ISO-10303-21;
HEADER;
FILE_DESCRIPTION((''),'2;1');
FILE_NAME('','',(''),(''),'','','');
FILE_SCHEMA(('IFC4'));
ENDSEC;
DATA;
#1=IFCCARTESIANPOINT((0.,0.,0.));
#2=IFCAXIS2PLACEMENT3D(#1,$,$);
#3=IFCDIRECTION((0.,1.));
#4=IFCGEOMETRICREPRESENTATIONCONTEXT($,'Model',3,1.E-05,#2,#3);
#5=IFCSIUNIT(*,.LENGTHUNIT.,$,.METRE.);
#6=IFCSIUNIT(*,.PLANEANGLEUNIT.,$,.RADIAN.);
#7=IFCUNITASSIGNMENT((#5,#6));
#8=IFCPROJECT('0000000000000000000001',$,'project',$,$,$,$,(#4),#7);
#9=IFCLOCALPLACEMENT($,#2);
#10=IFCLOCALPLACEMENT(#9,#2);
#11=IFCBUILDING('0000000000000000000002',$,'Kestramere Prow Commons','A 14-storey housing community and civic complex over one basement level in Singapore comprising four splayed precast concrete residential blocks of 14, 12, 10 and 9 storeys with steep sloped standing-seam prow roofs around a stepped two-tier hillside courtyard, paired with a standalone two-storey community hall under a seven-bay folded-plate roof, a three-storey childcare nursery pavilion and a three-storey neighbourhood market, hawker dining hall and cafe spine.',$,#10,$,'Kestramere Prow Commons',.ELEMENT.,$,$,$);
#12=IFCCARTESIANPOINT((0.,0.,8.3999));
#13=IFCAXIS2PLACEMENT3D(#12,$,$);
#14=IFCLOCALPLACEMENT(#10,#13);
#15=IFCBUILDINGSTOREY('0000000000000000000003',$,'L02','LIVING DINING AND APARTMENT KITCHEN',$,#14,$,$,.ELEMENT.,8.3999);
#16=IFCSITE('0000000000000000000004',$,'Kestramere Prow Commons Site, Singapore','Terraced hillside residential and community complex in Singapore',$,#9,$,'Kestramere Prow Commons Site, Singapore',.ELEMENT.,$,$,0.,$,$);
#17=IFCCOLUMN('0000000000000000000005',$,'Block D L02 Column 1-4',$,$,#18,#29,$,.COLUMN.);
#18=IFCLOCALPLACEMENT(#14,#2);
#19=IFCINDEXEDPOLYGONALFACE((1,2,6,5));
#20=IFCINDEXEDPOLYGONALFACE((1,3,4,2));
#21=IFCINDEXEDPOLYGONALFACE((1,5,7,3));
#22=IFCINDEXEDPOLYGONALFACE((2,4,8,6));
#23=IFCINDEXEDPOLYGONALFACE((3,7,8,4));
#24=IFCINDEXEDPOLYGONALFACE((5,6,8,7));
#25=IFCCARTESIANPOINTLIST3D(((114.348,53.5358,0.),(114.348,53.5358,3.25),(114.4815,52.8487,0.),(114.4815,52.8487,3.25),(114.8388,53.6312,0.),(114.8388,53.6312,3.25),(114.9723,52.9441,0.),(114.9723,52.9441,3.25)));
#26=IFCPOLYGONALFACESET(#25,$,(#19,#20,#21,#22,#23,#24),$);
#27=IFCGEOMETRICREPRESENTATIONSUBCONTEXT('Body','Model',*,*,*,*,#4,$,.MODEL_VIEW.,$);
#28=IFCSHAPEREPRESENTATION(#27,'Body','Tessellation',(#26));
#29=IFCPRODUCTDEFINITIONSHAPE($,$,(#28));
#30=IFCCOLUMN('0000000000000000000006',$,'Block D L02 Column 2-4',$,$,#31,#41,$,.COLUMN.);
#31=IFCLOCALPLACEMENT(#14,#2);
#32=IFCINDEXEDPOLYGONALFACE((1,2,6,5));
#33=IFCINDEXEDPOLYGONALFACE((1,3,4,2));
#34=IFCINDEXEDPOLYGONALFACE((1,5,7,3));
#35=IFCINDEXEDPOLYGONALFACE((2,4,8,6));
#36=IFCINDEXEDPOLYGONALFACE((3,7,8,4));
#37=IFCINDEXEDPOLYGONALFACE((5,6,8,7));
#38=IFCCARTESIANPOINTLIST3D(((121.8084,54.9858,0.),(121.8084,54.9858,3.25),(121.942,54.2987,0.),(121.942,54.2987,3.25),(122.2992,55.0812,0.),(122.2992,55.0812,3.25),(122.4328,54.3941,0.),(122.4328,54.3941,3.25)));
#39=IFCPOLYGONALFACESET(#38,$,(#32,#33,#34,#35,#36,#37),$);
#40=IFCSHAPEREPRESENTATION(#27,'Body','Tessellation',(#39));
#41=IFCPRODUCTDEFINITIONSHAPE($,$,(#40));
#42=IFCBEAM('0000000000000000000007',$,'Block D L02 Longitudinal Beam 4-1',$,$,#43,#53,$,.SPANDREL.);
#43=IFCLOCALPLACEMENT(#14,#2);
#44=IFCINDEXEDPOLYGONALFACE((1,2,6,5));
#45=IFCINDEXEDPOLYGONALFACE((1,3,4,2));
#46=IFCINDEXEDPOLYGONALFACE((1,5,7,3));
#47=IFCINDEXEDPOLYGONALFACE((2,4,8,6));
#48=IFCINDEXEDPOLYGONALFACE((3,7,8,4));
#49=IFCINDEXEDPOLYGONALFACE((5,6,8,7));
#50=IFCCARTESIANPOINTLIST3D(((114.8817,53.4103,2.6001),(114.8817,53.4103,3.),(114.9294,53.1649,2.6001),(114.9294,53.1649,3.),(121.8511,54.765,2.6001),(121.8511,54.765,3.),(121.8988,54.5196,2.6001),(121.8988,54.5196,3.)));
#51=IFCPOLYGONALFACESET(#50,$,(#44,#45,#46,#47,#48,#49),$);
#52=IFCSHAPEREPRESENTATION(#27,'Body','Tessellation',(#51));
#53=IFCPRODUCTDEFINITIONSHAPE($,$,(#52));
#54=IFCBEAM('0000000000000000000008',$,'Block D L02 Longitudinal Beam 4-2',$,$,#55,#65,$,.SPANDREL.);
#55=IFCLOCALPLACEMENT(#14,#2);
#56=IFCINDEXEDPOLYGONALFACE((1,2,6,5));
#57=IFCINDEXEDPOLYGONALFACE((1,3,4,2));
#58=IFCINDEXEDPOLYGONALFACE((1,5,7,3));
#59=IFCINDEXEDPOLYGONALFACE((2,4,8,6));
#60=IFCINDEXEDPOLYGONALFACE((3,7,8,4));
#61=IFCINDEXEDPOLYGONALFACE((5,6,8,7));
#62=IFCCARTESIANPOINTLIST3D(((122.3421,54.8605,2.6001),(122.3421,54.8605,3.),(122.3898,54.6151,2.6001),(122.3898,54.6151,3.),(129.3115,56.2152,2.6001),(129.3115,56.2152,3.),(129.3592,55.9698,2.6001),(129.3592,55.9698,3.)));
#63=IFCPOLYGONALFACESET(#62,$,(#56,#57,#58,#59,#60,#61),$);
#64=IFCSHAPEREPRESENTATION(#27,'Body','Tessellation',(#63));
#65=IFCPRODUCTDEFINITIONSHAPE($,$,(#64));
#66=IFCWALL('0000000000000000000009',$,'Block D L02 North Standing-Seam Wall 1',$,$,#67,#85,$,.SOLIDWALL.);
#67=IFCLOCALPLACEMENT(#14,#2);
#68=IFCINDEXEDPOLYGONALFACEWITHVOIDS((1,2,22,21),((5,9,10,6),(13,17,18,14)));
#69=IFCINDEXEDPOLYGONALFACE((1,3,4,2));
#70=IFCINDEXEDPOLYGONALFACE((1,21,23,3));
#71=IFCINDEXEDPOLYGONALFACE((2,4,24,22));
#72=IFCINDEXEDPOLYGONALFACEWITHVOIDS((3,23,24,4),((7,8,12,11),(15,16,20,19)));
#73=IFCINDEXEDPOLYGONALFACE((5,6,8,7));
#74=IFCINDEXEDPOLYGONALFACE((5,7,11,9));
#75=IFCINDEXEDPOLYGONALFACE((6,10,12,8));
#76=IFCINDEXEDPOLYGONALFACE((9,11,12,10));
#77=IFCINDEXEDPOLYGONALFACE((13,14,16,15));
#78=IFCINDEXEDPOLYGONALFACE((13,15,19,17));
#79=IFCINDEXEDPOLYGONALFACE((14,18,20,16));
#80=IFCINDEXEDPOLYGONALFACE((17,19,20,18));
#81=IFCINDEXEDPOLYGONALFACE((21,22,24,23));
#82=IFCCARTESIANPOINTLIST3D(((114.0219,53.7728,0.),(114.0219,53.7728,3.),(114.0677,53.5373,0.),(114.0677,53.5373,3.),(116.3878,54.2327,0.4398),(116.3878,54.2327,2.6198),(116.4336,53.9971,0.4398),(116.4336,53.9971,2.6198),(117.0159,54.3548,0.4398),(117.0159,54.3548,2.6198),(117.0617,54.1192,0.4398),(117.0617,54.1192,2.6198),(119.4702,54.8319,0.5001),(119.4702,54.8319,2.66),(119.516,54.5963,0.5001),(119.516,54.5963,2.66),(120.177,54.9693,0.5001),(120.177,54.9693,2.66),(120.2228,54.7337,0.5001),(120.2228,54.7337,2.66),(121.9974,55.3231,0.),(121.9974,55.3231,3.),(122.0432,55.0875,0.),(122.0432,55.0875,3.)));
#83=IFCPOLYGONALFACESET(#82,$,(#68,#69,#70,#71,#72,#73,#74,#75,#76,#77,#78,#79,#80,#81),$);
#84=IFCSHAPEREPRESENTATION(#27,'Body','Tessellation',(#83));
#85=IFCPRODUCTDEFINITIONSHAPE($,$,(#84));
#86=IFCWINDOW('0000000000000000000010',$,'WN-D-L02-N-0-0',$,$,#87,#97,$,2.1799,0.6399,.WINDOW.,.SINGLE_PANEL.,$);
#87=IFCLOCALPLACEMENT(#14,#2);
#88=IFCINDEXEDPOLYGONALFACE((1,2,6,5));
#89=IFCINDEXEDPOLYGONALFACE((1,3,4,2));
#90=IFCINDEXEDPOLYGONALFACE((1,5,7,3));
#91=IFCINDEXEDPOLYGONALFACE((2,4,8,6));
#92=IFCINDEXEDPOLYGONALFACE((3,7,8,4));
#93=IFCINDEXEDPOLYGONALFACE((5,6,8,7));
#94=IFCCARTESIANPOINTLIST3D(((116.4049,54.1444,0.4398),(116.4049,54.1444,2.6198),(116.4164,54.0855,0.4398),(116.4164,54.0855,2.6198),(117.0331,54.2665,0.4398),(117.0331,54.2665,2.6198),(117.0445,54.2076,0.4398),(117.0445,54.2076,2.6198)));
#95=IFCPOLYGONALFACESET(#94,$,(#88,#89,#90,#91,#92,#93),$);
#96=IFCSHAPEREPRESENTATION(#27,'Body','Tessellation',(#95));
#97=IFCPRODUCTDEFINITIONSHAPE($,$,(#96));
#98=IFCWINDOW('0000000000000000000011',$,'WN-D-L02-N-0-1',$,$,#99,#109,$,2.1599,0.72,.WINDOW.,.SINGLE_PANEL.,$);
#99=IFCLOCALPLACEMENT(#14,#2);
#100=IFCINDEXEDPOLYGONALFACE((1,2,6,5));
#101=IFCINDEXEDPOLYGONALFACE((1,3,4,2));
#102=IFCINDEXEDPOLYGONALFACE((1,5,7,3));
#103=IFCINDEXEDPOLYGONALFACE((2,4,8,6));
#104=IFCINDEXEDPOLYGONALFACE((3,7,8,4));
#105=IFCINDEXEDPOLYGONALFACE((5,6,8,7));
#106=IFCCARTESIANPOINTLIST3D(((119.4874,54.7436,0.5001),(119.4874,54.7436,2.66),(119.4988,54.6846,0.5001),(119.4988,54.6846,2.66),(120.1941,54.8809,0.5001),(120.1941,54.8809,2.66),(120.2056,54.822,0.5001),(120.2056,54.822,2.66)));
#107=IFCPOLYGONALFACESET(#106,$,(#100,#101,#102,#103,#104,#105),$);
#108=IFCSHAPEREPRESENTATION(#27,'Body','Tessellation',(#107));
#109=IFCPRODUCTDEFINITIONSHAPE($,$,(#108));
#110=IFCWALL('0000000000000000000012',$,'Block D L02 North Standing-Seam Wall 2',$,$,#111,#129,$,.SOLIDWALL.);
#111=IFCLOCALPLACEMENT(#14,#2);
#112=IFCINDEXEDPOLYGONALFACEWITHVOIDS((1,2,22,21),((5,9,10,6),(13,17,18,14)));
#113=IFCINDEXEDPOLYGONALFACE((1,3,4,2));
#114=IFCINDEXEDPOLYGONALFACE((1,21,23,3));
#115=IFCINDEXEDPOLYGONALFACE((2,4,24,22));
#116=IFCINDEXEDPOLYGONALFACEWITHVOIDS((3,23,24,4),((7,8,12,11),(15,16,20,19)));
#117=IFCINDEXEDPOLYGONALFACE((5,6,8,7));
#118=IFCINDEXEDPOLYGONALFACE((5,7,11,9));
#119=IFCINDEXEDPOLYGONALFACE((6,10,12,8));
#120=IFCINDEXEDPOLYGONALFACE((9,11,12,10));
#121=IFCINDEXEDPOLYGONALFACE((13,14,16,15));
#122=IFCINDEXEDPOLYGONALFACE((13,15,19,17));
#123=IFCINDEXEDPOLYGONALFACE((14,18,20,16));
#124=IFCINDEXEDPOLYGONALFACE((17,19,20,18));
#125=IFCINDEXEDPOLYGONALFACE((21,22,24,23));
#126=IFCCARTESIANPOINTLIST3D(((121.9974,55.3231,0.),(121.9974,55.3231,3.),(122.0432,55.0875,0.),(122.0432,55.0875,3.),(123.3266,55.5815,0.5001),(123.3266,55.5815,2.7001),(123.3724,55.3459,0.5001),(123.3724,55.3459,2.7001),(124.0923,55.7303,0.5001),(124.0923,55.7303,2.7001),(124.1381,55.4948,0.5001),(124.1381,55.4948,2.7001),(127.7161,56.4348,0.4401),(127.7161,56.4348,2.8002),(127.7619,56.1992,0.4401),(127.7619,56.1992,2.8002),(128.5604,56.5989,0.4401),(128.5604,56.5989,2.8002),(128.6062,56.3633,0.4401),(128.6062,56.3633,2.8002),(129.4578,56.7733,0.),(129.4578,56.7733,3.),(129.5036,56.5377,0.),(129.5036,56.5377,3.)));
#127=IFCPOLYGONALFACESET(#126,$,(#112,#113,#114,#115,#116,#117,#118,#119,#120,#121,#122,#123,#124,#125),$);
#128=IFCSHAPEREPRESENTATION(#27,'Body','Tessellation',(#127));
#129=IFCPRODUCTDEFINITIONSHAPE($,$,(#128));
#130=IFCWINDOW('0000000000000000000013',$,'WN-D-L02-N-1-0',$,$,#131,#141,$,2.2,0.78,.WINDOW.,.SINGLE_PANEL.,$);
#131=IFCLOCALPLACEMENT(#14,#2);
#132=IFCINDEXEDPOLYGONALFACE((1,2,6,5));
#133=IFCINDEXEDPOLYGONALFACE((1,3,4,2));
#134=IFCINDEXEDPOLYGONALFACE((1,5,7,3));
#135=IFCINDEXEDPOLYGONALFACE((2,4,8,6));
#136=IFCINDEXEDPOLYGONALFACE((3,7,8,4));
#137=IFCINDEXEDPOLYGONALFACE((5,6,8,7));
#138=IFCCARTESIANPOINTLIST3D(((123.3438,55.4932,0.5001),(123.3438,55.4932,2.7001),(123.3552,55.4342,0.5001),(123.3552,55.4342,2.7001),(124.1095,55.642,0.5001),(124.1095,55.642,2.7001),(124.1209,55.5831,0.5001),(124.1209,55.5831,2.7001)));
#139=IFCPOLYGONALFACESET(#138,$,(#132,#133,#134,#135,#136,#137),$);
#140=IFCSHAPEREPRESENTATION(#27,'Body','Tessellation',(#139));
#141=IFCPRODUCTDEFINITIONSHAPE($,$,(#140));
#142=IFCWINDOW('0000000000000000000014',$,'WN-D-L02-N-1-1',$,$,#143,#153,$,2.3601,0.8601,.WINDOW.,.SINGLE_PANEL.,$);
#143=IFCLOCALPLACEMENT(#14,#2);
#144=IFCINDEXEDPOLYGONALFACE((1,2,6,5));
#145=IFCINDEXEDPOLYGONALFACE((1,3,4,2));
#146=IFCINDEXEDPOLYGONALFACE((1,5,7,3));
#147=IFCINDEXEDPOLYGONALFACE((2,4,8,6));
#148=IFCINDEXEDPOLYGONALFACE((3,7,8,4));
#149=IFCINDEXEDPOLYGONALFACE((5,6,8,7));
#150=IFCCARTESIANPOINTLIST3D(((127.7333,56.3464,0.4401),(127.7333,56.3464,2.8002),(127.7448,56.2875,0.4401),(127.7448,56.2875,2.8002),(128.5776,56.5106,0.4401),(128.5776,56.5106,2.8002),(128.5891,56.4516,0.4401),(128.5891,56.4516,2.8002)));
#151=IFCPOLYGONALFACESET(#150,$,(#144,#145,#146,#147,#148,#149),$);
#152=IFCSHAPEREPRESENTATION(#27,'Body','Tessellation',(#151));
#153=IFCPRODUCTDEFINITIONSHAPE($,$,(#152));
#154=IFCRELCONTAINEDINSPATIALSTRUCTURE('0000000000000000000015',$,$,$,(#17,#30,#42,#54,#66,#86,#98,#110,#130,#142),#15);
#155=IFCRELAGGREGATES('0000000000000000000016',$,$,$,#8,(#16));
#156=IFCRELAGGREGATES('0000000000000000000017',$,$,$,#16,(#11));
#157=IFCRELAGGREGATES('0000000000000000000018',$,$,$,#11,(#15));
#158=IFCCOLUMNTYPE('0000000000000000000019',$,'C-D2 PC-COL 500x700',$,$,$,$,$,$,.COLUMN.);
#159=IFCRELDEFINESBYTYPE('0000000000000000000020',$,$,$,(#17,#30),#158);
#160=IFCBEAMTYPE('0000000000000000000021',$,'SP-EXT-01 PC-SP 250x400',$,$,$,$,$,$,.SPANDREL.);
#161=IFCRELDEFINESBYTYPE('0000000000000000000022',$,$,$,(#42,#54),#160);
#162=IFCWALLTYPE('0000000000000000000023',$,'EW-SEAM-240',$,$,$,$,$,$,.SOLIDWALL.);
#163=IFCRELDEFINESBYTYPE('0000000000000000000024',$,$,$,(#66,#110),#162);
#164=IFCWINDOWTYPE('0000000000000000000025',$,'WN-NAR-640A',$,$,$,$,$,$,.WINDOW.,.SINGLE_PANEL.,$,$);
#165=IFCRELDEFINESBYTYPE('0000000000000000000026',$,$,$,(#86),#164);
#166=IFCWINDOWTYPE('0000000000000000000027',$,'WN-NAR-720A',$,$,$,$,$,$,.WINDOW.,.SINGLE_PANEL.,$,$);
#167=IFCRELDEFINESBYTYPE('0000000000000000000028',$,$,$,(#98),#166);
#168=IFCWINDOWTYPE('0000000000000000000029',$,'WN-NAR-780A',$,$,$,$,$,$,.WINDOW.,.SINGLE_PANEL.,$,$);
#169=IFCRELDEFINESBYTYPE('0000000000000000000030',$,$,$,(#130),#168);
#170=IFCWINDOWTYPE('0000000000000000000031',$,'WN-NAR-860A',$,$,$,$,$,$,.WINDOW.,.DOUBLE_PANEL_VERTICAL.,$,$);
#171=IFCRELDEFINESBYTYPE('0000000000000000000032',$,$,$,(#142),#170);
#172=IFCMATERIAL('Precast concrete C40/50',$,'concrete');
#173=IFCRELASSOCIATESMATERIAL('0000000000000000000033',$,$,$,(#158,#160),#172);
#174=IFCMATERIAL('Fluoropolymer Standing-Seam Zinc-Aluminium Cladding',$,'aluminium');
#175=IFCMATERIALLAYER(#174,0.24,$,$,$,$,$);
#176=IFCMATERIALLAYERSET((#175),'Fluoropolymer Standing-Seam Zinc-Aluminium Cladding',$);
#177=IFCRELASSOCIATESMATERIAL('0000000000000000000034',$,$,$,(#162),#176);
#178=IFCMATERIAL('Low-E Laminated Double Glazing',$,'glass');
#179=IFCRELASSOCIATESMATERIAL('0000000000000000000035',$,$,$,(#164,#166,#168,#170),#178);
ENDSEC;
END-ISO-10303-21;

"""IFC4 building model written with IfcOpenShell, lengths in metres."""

from ifc_helpers import new_model, si_unit, direction, frame, frame_2d, origin, origin_2d, place, context, subcontext, project, spatial, rectangle, extrude, material, layer, layer_set, material_profile, profile_set, type_object, element, fill, save


model = new_model("IFC4")

# Units and contexts
model_context = context("Model", 3, precision=1e-05, world=origin(), true_north=direction((0.0, 1.0)))
body_context = subcontext(model_context, "Body", "Model", "MODEL_VIEW")
ifc_project = project(units=[si_unit("LENGTHUNIT", "METRE"), si_unit("PLANEANGLEUNIT", "RADIAN")], contexts=[model_context])

# Site, building, storey
site_placement = place(None, origin())
site = spatial("IfcSite", under=ifc_project, at=site_placement, Name="Kestramere Prow Commons Site, Singapore", Description="Terraced hillside residential and community complex in Singapore", LongName="Kestramere Prow Commons Site, Singapore", CompositionType="ELEMENT", RefElevation=0.0)
building_placement = place(site_placement, origin())
building = spatial("IfcBuilding", under=site, at=building_placement, Name="Kestramere Prow Commons", Description="A 14-storey housing community and civic complex over one basement level in Singapore comprising four splayed precast concrete residential blocks of 14, 12, 10 and 9 storeys with steep sloped standing-seam prow roofs around a stepped two-tier hillside courtyard, paired with a standalone two-storey community hall under a seven-bay folded-plate roof, a three-storey childcare nursery pavilion and a three-storey neighbourhood market, hawker dining hall and cafe spine.", LongName="Kestramere Prow Commons", CompositionType="ELEMENT")
storey_placement = place(building_placement, frame((0.0, 0.0, 8.3999)))
storey = spatial("IfcBuildingStorey", under=building, at=storey_placement, Name="L02", Description="LIVING DINING AND APARTMENT KITCHEN", CompositionType="ELEMENT", Elevation=8.3999)

# Columns
ifc_material_1 = material(Name="Precast concrete C40/50", Category="concrete")
ifc_material_profile_1 = material_profile(ifc_material_1, rectangle(XDim=0.5, YDim=0.7, at=origin_2d()), Name="PC-COL 500x700")
ifc_profile_set_1 = profile_set([ifc_material_profile_1], Name="Precast concrete C40/50")
column_type = type_object("IfcColumnType", Name="C-D2 PC-COL 500x700", PredefinedType="COLUMN", material=ifc_profile_set_1)
for number, where, z_axis, x_axis, name in (
    (1, (114.6602, 53.24, 0.0), (0.0, 0.0, 1.0), (0.981627, 0.190809, 0.0), "Block D L02 Column 1-4"),
    (2, (122.1206, 54.6899, 0.0), (0.0, 0.0, 1.0), (0.981627, 0.190809, 0.0), "Block D L02 Column 2-4"),
):
    element("IfcColumn", number, at=place(storey_placement, frame(where, z_axis=z_axis, x_axis=x_axis)), inside=storey, type_object=column_type, Name=name, PredefinedType="COLUMN", context=body_context, shape_type="SweptSolid", body=[
        extrude(rectangle(XDim=0.5, YDim=0.7, at=origin_2d()), origin(), (0.0, 0.0, 1.0), 3.25),
    ])

# Beams
ifc_material_profile_2 = material_profile(ifc_material_1, rectangle(XDim=0.25, YDim=0.3999, at=origin_2d()), Name="PC-SP 250x400")
ifc_profile_set_2 = profile_set([ifc_material_profile_2], Name="Precast concrete C40/50")
beam_type = type_object("IfcBeamType", Name="SP-EXT-01 PC-SP 250x400", PredefinedType="SPANDREL", material=ifc_profile_set_2)
for number, where, z_axis, x_axis, name in (
    (3, (114.9055, 53.2876, 2.8), (0.981627, 0.19081, 0.0), (-0.19081, 0.981627, 0.0), "Block D L02 Longitudinal Beam 4-1"),
    (4, (122.366, 54.7378, 2.8), (0.981627, 0.19081, 0.0), (-0.19081, 0.981627, 0.0), "Block D L02 Longitudinal Beam 4-2"),
):
    element("IfcBeam", number, at=place(storey_placement, frame(where, z_axis=z_axis, x_axis=x_axis)), inside=storey, type_object=beam_type, Name=name, PredefinedType="SPANDREL", context=body_context, shape_type="SweptSolid", body=[
        extrude(rectangle(XDim=0.25, YDim=0.3999, at=origin_2d()), origin(), (0.0, 0.0, 1.0), 7.0999),
    ])

# Walls, openings, windows
ifc_material_2 = material(Name="Fluoropolymer Standing-Seam Zinc-Aluminium Cladding", Category="aluminium")
ifc_layer_1 = layer(ifc_material_2, 0.24)
ifc_layer_set_1 = layer_set([ifc_layer_1], Name="Fluoropolymer Standing-Seam Zinc-Aluminium Cladding")
wall_type_1 = type_object("IfcWallType", Name="EW-SEAM-240", PredefinedType="SOLIDWALL", material=ifc_layer_set_1)
wall_1_placement = place(storey_placement, frame((114.0447, 53.655, 0.0), z_axis=(0.0, 0.0, 1.0), x_axis=(0.981627, 0.190809, 0.0)))
wall_1 = element("IfcWall", 5, at=wall_1_placement, inside=storey, type_object=wall_type_1, Name="Block D L02 North Standing-Seam Wall 1", PredefinedType="SOLIDWALL", context=body_context, shape_type="SweptSolid", body=[
    extrude(rectangle(XDim=8.1248, YDim=0.24, at=frame_2d((4.0625, 0.0))), origin(), (0.0, 0.0, 1.0), 3.0),
])
opening_1_placement = place(wall_1_placement, frame((2.4104, 0.0, 0.4399)))
opening_1 = element("IfcOpeningElement", 6, at=opening_1_placement, cuts=wall_1, PredefinedType="OPENING", context=body_context, shape_type="SweptSolid", body=[
    extrude(rectangle(XDim=0.6399, YDim=2.1799, at=frame_2d((0.3198, 1.0898))), frame((0.0, 0.135, 0.0), z_axis=(0.0, -1.0, 0.0), x_axis=(1.0, 0.0, 0.0)), (0.0, 0.0, 1.0), 0.27),
])
opening_2_placement = place(wall_1_placement, frame((5.5505, 0.0, 0.5)))
opening_2 = element("IfcOpeningElement", 7, at=opening_2_placement, cuts=wall_1, PredefinedType="OPENING", context=body_context, shape_type="SweptSolid", body=[
    extrude(rectangle(XDim=0.72, YDim=2.1599, at=frame_2d((0.3599, 1.0801))), frame((0.0, 0.135, 0.0), z_axis=(0.0, -1.0, 0.0), x_axis=(1.0, 0.0, 0.0)), (0.0, 0.0, 1.0), 0.27),
])
ifc_material_3 = material(Name="Low-E Laminated Double Glazing", Category="glass")
window_type_1 = type_object("IfcWindowType", Name="WN-NAR-640A", PartitioningType="SINGLE_PANEL", PredefinedType="WINDOW", material=ifc_material_3)
window_1_placement = place(opening_1_placement, origin())
window_1 = element("IfcWindow", 8, at=window_1_placement, inside=storey, type_object=window_type_1, Name="WN-D-L02-N-0-0", OverallHeight=2.1799, OverallWidth=0.6399, PartitioningType="SINGLE_PANEL", PredefinedType="WINDOW", context=body_context, shape_type="SweptSolid", body=[
    extrude(rectangle(XDim=0.6399, YDim=2.1799, at=frame_2d((0.3198, 1.0898))), frame((0.0, 0.03, 0.0), z_axis=(0.0, -1.0, 0.0), x_axis=(1.0, 0.0, 0.0)), (0.0, 0.0, 1.0), 0.0601),
])
fill(opening_1, window_1)
window_type_2 = type_object("IfcWindowType", Name="WN-NAR-720A", PartitioningType="SINGLE_PANEL", PredefinedType="WINDOW", material=ifc_material_3)
window_2_placement = place(opening_2_placement, origin())
window_2 = element("IfcWindow", 9, at=window_2_placement, inside=storey, type_object=window_type_2, Name="WN-D-L02-N-0-1", OverallHeight=2.1599, OverallWidth=0.72, PartitioningType="SINGLE_PANEL", PredefinedType="WINDOW", context=body_context, shape_type="SweptSolid", body=[
    extrude(rectangle(XDim=0.72, YDim=2.1599, at=frame_2d((0.3599, 1.0801))), frame((0.0, 0.03, 0.0), z_axis=(0.0, -1.0, 0.0), x_axis=(1.0, 0.0, 0.0)), (0.0, 0.0, 1.0), 0.0601),
])
fill(opening_2, window_2)
wall_2_placement = place(storey_placement, frame((122.0203, 55.2053, 0.0), z_axis=(0.0, 0.0, 1.0), x_axis=(0.981626, 0.190813, 0.0)))
wall_2 = element("IfcWall", 10, at=wall_2_placement, inside=storey, type_object=wall_type_1, Name="Block D L02 North Standing-Seam Wall 2", PredefinedType="SOLIDWALL", context=body_context, shape_type="SweptSolid", body=[
    extrude(rectangle(XDim=7.6001, YDim=0.24, at=frame_2d((3.8, 0.0))), origin(), (0.0, 0.0, 1.0), 3.0),
])
opening_3_placement = place(wall_2_placement, frame((1.354, 0.0, 0.5)))
opening_3 = element("IfcOpeningElement", 11, at=opening_3_placement, cuts=wall_2, PredefinedType="OPENING", context=body_context, shape_type="SweptSolid", body=[
    extrude(rectangle(XDim=0.78, YDim=2.2, at=frame_2d((0.3901, 1.1001))), frame((0.0, 0.135, 0.0), z_axis=(0.0, -1.0, 0.0), x_axis=(1.0, 0.0, 0.0)), (0.0, 0.0, 1.0), 0.27),
])
opening_4_placement = place(wall_2_placement, frame((5.8257, 0.0, 0.4399)))
opening_4 = element("IfcOpeningElement", 12, at=opening_4_placement, cuts=wall_2, PredefinedType="OPENING", context=body_context, shape_type="SweptSolid", body=[
    extrude(rectangle(XDim=0.8601, YDim=2.3601, at=frame_2d((0.4302, 1.1802))), frame((0.0, 0.135, 0.0), z_axis=(0.0, -1.0, 0.0), x_axis=(1.0, 0.0, 0.0)), (0.0, 0.0, 1.0), 0.27),
])
window_type_3 = type_object("IfcWindowType", Name="WN-NAR-780A", PartitioningType="SINGLE_PANEL", PredefinedType="WINDOW", material=ifc_material_3)
window_3_placement = place(opening_3_placement, origin())
window_3 = element("IfcWindow", 13, at=window_3_placement, inside=storey, type_object=window_type_3, Name="WN-D-L02-N-1-0", OverallHeight=2.2, OverallWidth=0.78, PartitioningType="SINGLE_PANEL", PredefinedType="WINDOW", context=body_context, shape_type="SweptSolid", body=[
    extrude(rectangle(XDim=0.78, YDim=2.2, at=frame_2d((0.3901, 1.1001))), frame((0.0, 0.03, 0.0), z_axis=(0.0, -1.0, 0.0), x_axis=(1.0, 0.0, 0.0)), (0.0, 0.0, 1.0), 0.0601),
])
fill(opening_3, window_3)
window_type_4 = type_object("IfcWindowType", Name="WN-NAR-860A", PartitioningType="DOUBLE_PANEL_VERTICAL", PredefinedType="WINDOW", material=ifc_material_3)
window_4_placement = place(opening_4_placement, origin())
window_4 = element("IfcWindow", 14, at=window_4_placement, inside=storey, type_object=window_type_4, Name="WN-D-L02-N-1-1", OverallHeight=2.3601, OverallWidth=0.8601, PartitioningType="SINGLE_PANEL", PredefinedType="WINDOW", context=body_context, shape_type="SweptSolid", body=[
    extrude(rectangle(XDim=0.8601, YDim=2.3601, at=frame_2d((0.4302, 1.1802))), frame((0.0, 0.03, 0.0), z_axis=(0.0, -1.0, 0.0), x_axis=(1.0, 0.0, 0.0)), (0.0, 0.0, 1.0), 0.0601),
])
fill(opening_4, window_4)

save(model, "model.ifc")
